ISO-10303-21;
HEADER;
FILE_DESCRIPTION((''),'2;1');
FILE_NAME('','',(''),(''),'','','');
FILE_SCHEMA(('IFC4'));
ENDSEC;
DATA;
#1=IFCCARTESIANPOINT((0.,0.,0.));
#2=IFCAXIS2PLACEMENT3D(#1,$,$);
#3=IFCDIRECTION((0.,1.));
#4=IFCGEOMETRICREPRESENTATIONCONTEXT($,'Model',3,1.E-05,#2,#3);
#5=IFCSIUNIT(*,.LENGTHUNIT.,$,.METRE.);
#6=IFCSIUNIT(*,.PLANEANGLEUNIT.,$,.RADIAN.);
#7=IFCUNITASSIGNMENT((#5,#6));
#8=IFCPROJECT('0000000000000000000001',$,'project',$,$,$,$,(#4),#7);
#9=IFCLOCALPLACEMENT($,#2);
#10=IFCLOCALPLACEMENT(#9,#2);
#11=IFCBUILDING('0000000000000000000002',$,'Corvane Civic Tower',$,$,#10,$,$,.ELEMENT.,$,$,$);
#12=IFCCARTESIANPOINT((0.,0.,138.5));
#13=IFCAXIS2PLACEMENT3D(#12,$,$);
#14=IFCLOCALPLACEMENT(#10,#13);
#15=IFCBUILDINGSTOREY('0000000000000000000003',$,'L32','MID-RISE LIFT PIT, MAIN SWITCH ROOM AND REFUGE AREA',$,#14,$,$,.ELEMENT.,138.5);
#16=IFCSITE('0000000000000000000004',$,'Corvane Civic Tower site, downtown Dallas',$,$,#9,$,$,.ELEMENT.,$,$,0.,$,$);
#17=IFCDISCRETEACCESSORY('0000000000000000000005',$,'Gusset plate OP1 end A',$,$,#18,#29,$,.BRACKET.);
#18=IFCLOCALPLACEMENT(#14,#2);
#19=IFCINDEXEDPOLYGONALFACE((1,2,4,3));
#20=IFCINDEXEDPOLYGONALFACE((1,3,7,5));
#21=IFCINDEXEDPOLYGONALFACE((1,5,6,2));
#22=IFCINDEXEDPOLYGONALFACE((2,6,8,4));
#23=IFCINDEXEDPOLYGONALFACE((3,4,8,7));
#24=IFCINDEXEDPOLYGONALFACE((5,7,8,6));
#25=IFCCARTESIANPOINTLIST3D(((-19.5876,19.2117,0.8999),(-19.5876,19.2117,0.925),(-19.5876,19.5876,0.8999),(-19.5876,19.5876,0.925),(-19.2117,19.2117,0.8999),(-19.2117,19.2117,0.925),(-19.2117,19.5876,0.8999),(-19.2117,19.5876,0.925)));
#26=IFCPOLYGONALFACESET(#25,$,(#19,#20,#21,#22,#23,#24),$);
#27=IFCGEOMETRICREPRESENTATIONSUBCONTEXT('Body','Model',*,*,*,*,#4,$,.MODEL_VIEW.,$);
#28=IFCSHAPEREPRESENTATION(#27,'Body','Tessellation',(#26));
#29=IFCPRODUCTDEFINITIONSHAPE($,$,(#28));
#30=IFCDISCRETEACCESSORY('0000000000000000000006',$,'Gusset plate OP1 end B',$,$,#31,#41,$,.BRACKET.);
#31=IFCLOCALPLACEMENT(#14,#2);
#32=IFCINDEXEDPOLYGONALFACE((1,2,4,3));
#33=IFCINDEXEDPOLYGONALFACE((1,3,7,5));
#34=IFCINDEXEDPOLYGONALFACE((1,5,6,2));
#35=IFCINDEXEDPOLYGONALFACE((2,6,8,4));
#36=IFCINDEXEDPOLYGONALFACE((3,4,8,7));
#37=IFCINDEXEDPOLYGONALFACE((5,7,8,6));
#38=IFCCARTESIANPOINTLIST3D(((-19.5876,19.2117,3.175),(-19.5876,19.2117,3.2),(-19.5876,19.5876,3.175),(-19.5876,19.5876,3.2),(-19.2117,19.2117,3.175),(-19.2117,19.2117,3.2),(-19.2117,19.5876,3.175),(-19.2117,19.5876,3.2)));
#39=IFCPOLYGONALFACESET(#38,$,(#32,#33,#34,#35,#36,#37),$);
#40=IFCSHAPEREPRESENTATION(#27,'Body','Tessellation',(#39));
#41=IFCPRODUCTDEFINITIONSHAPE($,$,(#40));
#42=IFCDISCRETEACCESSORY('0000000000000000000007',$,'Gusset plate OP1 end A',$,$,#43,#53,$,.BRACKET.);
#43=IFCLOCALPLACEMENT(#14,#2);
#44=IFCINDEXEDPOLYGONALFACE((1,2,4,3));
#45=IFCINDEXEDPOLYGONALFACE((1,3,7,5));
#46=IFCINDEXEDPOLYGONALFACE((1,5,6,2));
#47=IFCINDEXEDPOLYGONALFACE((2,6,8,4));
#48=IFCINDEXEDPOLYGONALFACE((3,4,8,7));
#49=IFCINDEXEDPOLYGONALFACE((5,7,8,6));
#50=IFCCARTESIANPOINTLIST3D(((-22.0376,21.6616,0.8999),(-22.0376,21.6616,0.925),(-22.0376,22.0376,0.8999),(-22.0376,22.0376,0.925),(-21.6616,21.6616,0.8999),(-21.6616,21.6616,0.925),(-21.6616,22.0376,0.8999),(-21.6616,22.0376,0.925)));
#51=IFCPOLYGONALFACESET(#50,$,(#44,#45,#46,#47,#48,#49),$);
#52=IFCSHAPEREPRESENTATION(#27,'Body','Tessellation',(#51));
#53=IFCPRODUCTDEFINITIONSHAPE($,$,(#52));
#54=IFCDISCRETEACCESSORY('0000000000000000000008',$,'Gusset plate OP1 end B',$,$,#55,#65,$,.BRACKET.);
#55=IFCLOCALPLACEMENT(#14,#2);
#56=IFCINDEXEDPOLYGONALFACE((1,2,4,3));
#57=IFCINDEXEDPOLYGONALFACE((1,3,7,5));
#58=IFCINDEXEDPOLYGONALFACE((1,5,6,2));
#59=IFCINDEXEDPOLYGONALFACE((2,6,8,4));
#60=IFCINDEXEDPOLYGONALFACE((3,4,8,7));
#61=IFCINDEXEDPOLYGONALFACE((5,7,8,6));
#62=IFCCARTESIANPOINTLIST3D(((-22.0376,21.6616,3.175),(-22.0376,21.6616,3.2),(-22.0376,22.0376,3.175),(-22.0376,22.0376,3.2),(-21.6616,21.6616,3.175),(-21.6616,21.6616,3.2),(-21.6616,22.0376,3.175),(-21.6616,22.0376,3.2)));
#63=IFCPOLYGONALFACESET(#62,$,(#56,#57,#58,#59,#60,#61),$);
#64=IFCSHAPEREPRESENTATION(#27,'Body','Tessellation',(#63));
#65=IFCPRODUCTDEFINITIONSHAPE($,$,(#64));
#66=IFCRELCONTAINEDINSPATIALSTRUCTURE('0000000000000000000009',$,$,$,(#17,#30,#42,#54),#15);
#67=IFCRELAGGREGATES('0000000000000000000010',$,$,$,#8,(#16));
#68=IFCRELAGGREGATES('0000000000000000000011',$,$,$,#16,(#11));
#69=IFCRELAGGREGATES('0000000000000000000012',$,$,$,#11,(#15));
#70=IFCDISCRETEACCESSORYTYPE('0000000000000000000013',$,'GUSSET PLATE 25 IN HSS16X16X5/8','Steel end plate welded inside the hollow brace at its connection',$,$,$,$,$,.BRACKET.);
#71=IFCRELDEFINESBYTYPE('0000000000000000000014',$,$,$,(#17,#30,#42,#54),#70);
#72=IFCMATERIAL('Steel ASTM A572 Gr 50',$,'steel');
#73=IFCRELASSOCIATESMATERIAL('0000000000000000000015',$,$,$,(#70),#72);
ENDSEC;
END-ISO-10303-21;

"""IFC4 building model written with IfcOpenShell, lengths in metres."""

from ifc_helpers import new_model, si_unit, direction, frame, origin, origin_2d, place, context, subcontext, project, spatial, rectangle, extrude, material, material_profile, profile_set, type_object, element, save


model = new_model("IFC4")

# Units and contexts
model_context = context("Model", 3, precision=1e-05, world=origin(), true_north=direction((0.0, 1.0)))
body_context = subcontext(model_context, "Body", "Model", "MODEL_VIEW")
ifc_project = project(units=[si_unit("LENGTHUNIT", "METRE"), si_unit("PLANEANGLEUNIT", "RADIAN")], contexts=[model_context])

# Site, building, storey
site_placement = place(None, origin())
site = spatial("IfcSite", under=ifc_project, at=site_placement, Name="Corvane Civic Tower site, downtown Dallas", CompositionType="ELEMENT", RefElevation=0.0)
building_placement = place(site_placement, origin())
building = spatial("IfcBuilding", under=site, at=building_placement, Name="Corvane Civic Tower", CompositionType="ELEMENT")
storey_placement = place(building_placement, frame((0.0, 0.0, 138.5)))
storey = spatial("IfcBuildingStorey", under=building, at=storey_placement, Name="L32", Description="MID-RISE LIFT PIT, MAIN SWITCH ROOM AND REFUGE AREA", CompositionType="ELEMENT", Elevation=138.5)

# Discrete accessories
ifc_material_1 = material(Name="Steel ASTM A572 Gr 50", Category="steel")
ifc_material_profile_1 = material_profile(ifc_material_1, rectangle(XDim=0.376, YDim=0.376, at=origin_2d()), Name="GUSSET PLATE 25 IN HSS16X16X5/8")
ifc_profile_set_1 = profile_set([ifc_material_profile_1], Name="Steel ASTM A572 Gr 50")
discrete_accessory_type_1 = type_object("IfcDiscreteAccessoryType", Name="GUSSET PLATE 25 IN HSS16X16X5/8", Description="Steel end plate welded inside the hollow brace at its connection", PredefinedType="BRACKET", material=ifc_profile_set_1)
discrete_accessory_1_placement = place(storey_placement, frame((-19.3997, 19.3997, 0.8999), z_axis=(0.0, 0.0, 1.0), x_axis=(1.0, 0.0, 0.0)))
element("IfcDiscreteAccessory", 1, at=discrete_accessory_1_placement, inside=storey, type_object=discrete_accessory_type_1, Name="Gusset plate OP1 end A", PredefinedType="BRACKET", context=body_context, shape_type="SweptSolid", body=[
    extrude(rectangle(XDim=0.376, YDim=0.376, at=origin_2d()), origin(), (0.0, 0.0, 1.0), 0.0251),
])
discrete_accessory_2_placement = place(storey_placement, frame((-19.3997, 19.3997, 3.2), z_axis=(0.0, 0.0, -1.0), x_axis=(1.0, 0.0, 0.0)))
element("IfcDiscreteAccessory", 2, at=discrete_accessory_2_placement, inside=storey, type_object=discrete_accessory_type_1, Name="Gusset plate OP1 end B", PredefinedType="BRACKET", context=body_context, shape_type="SweptSolid", body=[
    extrude(rectangle(XDim=0.376, YDim=0.376, at=origin_2d()), origin(), (0.0, 0.0, 1.0), 0.0249),
])
discrete_accessory_3_placement = place(storey_placement, frame((-21.8496, 21.8496, 0.8999), z_axis=(0.0, 0.0, 1.0), x_axis=(1.0, 0.0, 0.0)))
element("IfcDiscreteAccessory", 3, at=discrete_accessory_3_placement, inside=storey, type_object=discrete_accessory_type_1, Name="Gusset plate OP1 end A", PredefinedType="BRACKET", context=body_context, shape_type="SweptSolid", body=[
    extrude(rectangle(XDim=0.376, YDim=0.376, at=origin_2d()), origin(), (0.0, 0.0, 1.0), 0.0251),
])
discrete_accessory_4_placement = place(storey_placement, frame((-21.8496, 21.8496, 3.2), z_axis=(0.0, 0.0, -1.0), x_axis=(1.0, 0.0, 0.0)))
element("IfcDiscreteAccessory", 4, at=discrete_accessory_4_placement, inside=storey, type_object=discrete_accessory_type_1, Name="Gusset plate OP1 end B", PredefinedType="BRACKET", context=body_context, shape_type="SweptSolid", body=[
    extrude(rectangle(XDim=0.376, YDim=0.376, at=origin_2d()), origin(), (0.0, 0.0, 1.0), 0.0249),
])

save(model, "model.ifc")
